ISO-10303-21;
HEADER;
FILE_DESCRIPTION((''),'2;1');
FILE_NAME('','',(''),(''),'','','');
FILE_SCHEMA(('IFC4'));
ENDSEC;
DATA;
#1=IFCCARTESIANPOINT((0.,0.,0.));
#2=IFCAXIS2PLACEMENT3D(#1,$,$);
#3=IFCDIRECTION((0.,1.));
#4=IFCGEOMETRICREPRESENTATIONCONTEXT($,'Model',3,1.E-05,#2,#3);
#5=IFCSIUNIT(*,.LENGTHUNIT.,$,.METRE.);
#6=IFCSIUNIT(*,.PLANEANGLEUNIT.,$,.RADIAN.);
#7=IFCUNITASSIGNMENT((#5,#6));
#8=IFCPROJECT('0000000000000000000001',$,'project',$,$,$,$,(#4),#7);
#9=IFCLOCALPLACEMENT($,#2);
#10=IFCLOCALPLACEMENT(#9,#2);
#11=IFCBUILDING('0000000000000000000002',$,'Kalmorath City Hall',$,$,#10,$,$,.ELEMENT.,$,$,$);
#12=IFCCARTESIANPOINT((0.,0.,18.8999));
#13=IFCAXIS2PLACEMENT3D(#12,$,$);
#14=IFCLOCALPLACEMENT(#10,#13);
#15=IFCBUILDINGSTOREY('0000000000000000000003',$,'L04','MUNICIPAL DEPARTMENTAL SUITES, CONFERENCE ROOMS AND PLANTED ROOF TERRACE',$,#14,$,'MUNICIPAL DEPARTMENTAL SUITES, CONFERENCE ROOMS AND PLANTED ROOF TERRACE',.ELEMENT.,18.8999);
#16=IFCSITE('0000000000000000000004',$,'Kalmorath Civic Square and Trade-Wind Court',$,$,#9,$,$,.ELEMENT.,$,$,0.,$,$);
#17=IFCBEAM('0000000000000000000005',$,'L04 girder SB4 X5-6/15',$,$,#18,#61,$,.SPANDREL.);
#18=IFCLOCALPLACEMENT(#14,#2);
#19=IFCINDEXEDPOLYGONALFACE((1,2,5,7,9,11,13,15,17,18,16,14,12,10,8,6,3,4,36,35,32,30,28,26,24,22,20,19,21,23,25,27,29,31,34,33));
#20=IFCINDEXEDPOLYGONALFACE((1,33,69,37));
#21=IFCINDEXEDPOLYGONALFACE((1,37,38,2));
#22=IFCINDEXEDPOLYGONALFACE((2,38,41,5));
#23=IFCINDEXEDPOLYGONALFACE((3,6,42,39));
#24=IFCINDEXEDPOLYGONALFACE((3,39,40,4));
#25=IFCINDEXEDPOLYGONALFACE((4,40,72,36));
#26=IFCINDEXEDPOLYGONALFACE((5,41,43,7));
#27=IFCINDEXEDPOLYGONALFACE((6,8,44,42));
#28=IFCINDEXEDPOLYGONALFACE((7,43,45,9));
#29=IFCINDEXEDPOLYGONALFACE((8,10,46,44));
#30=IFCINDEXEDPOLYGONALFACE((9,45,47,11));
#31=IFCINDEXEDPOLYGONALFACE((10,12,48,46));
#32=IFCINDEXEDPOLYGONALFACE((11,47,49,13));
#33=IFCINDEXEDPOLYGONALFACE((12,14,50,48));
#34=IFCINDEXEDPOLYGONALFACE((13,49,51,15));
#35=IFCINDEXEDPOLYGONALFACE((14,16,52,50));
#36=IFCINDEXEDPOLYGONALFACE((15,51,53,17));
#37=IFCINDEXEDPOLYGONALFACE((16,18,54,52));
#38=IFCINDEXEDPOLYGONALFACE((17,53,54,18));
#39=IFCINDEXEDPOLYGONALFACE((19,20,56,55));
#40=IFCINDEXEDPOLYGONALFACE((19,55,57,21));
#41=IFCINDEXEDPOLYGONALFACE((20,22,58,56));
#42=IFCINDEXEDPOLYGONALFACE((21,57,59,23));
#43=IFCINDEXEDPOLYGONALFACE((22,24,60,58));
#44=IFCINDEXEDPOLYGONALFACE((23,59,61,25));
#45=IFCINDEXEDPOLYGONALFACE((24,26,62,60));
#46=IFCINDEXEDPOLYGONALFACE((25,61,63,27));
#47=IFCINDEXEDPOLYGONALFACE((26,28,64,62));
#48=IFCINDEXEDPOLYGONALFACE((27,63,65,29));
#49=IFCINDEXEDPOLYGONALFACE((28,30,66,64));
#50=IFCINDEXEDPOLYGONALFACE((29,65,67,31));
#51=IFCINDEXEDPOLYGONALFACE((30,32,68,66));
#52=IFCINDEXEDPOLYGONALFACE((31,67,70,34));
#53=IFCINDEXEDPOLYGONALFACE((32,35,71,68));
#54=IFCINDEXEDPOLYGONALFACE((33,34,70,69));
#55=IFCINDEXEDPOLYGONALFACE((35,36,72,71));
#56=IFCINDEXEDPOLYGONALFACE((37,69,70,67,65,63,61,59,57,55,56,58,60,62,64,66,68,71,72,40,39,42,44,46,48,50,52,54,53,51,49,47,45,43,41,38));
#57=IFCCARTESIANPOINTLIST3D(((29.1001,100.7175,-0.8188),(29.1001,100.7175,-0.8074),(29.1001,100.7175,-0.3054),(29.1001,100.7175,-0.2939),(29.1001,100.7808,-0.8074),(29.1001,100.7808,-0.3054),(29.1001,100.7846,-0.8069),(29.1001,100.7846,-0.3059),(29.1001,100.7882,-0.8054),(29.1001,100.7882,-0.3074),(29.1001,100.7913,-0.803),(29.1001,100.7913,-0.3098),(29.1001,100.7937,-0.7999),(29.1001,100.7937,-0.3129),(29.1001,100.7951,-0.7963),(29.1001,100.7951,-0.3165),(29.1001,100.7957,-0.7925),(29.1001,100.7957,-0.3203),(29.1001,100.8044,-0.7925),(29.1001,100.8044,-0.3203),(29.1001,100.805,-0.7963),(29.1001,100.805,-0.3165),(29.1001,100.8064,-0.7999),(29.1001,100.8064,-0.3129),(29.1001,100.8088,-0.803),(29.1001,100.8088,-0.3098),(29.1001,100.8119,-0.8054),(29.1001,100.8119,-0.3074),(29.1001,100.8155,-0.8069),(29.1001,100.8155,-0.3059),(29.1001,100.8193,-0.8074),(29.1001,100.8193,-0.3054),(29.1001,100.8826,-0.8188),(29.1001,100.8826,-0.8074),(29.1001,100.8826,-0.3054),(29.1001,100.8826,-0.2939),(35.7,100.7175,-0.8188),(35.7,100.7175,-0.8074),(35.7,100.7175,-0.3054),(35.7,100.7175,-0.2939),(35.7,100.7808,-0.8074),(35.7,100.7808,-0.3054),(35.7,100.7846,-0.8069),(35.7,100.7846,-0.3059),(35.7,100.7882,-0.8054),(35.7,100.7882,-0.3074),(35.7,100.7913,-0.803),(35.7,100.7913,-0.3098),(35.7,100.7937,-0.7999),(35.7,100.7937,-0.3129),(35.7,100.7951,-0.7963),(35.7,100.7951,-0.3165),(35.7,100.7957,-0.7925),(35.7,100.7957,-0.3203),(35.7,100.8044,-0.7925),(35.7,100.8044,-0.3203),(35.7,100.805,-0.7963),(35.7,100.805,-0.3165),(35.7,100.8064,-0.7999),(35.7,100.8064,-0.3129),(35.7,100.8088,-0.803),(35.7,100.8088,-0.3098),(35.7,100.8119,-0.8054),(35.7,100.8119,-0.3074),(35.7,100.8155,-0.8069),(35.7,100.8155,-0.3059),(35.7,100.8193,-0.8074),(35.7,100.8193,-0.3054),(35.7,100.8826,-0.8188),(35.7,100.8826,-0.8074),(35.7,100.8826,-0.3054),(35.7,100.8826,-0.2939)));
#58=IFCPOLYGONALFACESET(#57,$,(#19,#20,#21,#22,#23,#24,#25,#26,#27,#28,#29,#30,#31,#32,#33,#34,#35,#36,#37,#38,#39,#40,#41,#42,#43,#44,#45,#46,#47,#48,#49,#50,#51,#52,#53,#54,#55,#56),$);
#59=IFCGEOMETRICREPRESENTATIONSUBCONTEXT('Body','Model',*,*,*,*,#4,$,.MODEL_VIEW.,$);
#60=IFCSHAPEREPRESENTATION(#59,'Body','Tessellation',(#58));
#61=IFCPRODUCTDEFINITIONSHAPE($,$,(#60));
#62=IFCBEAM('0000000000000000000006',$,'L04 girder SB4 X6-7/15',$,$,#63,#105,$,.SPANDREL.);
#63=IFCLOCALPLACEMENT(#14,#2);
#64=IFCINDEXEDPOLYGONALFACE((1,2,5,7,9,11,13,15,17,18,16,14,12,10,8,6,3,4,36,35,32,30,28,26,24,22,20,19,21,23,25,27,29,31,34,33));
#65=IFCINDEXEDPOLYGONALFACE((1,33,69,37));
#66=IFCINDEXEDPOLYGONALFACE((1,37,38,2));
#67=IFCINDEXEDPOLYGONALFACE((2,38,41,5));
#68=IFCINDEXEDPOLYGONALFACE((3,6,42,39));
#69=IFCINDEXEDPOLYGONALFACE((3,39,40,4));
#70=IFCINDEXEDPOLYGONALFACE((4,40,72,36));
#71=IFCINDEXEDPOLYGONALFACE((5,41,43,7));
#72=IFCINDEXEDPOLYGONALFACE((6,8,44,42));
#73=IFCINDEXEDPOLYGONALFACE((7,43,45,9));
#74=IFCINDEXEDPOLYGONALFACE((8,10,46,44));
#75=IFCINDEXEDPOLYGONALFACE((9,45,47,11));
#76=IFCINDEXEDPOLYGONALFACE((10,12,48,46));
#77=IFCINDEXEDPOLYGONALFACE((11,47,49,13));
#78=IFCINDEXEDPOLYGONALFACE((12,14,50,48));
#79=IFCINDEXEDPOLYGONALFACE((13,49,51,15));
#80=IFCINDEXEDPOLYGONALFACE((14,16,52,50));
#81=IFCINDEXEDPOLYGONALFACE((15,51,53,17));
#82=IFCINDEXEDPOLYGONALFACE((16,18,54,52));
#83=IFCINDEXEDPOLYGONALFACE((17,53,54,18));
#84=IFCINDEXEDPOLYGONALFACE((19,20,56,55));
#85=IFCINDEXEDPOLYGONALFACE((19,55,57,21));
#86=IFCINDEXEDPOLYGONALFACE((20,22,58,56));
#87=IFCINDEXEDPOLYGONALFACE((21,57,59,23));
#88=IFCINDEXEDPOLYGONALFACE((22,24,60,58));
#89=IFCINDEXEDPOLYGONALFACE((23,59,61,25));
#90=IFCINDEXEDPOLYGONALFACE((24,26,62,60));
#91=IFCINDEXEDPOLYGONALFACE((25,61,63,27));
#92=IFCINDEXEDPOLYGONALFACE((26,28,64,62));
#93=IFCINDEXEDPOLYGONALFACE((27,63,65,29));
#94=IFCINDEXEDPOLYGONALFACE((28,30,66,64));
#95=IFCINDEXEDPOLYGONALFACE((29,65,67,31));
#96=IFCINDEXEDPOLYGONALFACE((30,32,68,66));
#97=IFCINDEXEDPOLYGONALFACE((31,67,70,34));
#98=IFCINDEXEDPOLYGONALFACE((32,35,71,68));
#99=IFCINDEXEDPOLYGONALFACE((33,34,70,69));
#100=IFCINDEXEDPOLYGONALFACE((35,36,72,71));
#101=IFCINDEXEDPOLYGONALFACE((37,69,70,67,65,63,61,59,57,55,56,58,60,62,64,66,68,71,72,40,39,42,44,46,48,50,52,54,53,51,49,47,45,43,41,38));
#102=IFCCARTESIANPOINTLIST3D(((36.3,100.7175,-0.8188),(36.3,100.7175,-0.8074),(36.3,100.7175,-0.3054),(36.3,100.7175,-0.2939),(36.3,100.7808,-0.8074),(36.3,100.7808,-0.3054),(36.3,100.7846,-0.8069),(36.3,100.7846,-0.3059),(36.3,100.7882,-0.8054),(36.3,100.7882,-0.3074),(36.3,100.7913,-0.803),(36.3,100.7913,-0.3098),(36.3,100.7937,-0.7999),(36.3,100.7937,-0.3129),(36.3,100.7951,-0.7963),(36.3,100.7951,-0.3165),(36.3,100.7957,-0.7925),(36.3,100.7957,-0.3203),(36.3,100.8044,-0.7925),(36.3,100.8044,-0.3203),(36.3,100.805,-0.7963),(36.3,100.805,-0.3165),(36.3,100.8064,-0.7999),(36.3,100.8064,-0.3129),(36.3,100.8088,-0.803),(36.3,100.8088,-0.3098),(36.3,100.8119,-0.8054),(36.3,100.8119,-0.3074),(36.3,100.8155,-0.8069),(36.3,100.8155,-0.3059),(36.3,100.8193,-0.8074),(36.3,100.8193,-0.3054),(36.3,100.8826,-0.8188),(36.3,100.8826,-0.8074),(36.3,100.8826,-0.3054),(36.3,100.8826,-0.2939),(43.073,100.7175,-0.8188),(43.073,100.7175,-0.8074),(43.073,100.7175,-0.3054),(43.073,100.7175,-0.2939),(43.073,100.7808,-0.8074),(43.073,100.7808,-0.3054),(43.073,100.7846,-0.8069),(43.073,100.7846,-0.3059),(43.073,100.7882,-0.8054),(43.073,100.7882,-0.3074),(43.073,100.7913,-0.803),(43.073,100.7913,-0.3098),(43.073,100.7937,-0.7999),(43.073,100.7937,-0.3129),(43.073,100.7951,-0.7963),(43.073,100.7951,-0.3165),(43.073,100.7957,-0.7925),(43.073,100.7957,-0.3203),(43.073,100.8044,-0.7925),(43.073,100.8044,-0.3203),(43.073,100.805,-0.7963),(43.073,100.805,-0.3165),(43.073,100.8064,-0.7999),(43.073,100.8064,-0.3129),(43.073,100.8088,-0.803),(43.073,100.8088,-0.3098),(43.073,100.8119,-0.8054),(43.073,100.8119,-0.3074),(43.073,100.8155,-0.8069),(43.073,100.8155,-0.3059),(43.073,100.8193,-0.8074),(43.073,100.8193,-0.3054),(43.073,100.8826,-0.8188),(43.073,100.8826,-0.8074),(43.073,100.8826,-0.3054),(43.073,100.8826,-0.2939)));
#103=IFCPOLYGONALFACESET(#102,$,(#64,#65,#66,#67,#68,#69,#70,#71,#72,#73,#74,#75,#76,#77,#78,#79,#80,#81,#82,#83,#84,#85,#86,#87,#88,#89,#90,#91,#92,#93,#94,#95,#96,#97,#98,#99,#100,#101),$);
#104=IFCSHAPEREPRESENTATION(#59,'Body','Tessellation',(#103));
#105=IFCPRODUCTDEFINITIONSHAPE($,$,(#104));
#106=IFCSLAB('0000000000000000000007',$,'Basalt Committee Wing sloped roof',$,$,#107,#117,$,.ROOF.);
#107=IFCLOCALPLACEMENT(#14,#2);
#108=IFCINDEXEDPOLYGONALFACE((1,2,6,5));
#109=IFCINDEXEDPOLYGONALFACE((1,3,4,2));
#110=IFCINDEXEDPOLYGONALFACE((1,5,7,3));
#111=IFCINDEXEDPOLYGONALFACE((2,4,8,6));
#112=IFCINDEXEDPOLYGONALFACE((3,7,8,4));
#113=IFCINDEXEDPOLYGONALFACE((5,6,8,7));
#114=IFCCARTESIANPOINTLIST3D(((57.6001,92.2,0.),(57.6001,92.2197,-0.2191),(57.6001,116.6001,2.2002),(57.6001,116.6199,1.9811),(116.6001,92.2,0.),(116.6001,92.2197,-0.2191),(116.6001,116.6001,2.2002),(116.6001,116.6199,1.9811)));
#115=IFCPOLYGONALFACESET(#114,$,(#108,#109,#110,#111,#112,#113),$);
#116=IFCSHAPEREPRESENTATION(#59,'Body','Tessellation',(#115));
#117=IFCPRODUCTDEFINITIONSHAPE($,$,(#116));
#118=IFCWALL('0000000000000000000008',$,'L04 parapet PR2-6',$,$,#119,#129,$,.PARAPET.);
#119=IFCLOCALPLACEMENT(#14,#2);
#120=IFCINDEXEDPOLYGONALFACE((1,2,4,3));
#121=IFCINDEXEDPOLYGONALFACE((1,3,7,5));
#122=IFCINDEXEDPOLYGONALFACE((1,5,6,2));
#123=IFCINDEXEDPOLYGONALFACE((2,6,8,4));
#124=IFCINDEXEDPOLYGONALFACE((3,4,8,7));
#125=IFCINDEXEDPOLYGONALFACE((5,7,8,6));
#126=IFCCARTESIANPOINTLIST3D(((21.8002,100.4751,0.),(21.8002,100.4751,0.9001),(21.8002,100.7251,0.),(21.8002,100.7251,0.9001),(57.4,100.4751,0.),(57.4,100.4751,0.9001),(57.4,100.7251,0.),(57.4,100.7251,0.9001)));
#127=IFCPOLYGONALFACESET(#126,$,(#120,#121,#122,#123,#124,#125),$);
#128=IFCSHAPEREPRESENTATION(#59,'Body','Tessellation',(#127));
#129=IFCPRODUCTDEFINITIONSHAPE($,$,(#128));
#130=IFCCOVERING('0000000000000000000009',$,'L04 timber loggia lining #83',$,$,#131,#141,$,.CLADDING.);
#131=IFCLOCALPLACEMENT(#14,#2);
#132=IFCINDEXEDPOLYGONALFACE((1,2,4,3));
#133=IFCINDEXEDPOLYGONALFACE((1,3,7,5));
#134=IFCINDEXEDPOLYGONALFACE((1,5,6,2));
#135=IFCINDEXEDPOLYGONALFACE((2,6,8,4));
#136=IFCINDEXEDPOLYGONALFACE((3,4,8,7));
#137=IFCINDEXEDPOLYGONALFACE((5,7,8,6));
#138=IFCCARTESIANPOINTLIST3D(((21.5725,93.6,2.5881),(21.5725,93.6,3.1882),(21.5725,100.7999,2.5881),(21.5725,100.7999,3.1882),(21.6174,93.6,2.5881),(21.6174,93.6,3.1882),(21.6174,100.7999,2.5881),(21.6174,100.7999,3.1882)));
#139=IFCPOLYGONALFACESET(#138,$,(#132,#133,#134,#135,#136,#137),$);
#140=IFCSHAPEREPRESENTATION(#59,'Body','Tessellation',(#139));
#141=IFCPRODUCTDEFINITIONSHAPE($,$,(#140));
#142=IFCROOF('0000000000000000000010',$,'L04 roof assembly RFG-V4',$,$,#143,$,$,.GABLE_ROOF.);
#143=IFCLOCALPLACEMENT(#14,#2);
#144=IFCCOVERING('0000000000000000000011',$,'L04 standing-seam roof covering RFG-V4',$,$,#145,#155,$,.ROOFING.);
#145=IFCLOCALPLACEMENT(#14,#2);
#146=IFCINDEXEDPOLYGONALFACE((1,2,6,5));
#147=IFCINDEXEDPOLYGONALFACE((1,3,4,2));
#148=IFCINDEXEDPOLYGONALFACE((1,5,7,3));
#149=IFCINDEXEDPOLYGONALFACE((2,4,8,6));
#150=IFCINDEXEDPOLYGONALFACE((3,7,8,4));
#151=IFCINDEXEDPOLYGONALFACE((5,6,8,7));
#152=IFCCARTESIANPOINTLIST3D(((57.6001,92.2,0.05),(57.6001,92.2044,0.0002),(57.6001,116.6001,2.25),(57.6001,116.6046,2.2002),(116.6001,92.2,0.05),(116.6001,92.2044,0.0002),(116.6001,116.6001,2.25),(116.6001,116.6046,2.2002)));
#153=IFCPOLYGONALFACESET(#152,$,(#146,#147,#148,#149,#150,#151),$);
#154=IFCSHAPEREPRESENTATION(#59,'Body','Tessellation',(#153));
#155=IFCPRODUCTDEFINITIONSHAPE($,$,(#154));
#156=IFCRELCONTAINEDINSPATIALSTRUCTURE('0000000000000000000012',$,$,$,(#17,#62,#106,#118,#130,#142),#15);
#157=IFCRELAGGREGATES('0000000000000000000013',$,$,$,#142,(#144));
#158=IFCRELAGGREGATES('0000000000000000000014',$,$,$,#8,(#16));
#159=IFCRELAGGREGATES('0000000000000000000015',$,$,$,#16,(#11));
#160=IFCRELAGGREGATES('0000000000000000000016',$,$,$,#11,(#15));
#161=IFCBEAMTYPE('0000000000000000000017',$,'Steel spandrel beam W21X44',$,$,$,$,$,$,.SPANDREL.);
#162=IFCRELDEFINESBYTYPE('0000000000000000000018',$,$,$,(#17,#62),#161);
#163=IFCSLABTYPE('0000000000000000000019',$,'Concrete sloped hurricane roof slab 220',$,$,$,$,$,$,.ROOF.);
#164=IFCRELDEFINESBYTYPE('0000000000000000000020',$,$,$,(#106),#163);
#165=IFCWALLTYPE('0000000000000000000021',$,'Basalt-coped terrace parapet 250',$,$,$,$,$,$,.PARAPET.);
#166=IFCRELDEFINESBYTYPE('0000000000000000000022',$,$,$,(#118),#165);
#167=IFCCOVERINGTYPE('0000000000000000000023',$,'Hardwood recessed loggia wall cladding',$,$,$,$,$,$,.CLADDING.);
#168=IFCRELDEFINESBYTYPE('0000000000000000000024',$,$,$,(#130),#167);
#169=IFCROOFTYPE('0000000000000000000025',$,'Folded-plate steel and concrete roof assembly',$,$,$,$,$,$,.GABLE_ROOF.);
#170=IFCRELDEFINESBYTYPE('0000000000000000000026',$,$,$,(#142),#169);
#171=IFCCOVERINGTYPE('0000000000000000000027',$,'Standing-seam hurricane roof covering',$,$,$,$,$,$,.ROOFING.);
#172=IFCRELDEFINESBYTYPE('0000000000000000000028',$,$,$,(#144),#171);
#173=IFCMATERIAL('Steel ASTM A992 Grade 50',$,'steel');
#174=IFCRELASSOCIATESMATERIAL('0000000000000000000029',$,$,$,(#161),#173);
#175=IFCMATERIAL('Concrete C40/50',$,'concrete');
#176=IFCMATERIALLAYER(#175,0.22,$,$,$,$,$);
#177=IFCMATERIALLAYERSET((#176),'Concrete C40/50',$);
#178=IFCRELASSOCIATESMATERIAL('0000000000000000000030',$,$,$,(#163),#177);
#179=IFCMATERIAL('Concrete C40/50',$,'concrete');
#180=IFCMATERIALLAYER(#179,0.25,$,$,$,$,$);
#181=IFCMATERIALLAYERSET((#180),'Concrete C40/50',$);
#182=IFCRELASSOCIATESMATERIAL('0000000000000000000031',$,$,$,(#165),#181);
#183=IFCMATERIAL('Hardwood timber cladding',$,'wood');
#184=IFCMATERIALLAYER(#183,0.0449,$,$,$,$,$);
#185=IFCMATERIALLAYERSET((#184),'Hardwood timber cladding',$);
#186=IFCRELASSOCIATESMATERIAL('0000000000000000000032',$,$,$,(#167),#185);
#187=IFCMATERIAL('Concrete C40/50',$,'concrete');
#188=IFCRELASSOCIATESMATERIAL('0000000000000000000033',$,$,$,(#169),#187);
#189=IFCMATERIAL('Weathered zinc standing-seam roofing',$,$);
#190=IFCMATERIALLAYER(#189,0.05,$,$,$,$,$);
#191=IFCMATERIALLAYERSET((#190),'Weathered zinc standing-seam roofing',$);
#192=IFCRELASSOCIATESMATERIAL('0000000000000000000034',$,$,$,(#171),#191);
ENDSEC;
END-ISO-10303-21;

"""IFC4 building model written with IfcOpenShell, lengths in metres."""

from ifc_helpers import new_model, si_unit, direction, frame, frame_2d, origin, origin_2d, place, context, subcontext, project, spatial, polyline, rectangle, i_section, outline, extrude, material, layer, layer_set, material_profile, profile_set, type_object, element, aggregate, save


model = new_model("IFC4")

# Units and contexts
model_context = context("Model", 3, precision=1e-05, world=origin(), true_north=direction((0.0, 1.0)))
body_context = subcontext(model_context, "Body", "Model", "MODEL_VIEW")
ifc_project = project(units=[si_unit("LENGTHUNIT", "METRE"), si_unit("PLANEANGLEUNIT", "RADIAN")], contexts=[model_context])

# Site, building, storey
site_placement = place(None, origin())
site = spatial("IfcSite", under=ifc_project, at=site_placement, Name="Kalmorath Civic Square and Trade-Wind Court", CompositionType="ELEMENT", RefElevation=0.0)
building_placement = place(site_placement, origin())
building = spatial("IfcBuilding", under=site, at=building_placement, Name="Kalmorath City Hall", CompositionType="ELEMENT")
storey_placement = place(building_placement, frame((0.0, 0.0, 18.8999)))
storey = spatial("IfcBuildingStorey", under=building, at=storey_placement, Name="L04", Description="MUNICIPAL DEPARTMENTAL SUITES, CONFERENCE ROOMS AND PLANTED ROOF TERRACE", LongName="MUNICIPAL DEPARTMENTAL SUITES, CONFERENCE ROOMS AND PLANTED ROOF TERRACE", CompositionType="ELEMENT", Elevation=18.8999)

# Beams
ifc_material_1 = material(Name="Steel ASTM A992 Grade 50", Category="steel")
ifc_material_profile_1 = material_profile(ifc_material_1, i_section(OverallWidth=0.165, OverallDepth=0.5249, WebThickness=0.0088, FlangeThickness=0.0115, FilletRadius=0.0149, at=origin_2d()), Name="W21X44")
ifc_profile_set_1 = profile_set([ifc_material_profile_1], Name="Steel ASTM A992 Grade 50")
beam_type_1 = type_object("IfcBeamType", Name="Steel spandrel beam W21X44", PredefinedType="SPANDREL", material=ifc_profile_set_1)
beam_1_placement = place(storey_placement, frame((29.1001, 100.8, -0.5564), z_axis=(1.0, 0.0, 0.0), x_axis=(0.0, 1.0, 0.0)))
element("IfcBeam", 1, at=beam_1_placement, inside=storey, type_object=beam_type_1, Name="L04 girder SB4 X5-6/15", PredefinedType="SPANDREL", context=body_context, shape_type="SweptSolid", body=[
    extrude(i_section(OverallWidth=0.165, OverallDepth=0.5249, WebThickness=0.0088, FlangeThickness=0.0115, FilletRadius=0.0149, at=origin_2d()), origin(), (0.0, 0.0, 1.0), 6.5999),
])
beam_2_placement = place(storey_placement, frame((36.3, 100.8, -0.5564), z_axis=(1.0, 0.0, 0.0), x_axis=(0.0, 1.0, 0.0)))
element("IfcBeam", 2, at=beam_2_placement, inside=storey, type_object=beam_type_1, Name="L04 girder SB4 X6-7/15", PredefinedType="SPANDREL", context=body_context, shape_type="SweptSolid", body=[
    extrude(i_section(OverallWidth=0.165, OverallDepth=0.5249, WebThickness=0.0088, FlangeThickness=0.0115, FilletRadius=0.0149, at=origin_2d()), origin(), (0.0, 0.0, 1.0), 6.7729),
])

# Slab
ifc_material_2 = material(Name="Concrete C40/50", Category="concrete")
ifc_layer_1 = layer(ifc_material_2, 0.22)
ifc_layer_set_1 = layer_set([ifc_layer_1], Name="Concrete C40/50")
slab_type = type_object("IfcSlabType", Name="Concrete sloped hurricane roof slab 220", PredefinedType="ROOF", material=ifc_layer_set_1)
slab_placement = place(storey_placement, frame((57.6001, 92.2, 0.0), z_axis=(0.0, -0.089807, 0.995959), x_axis=(1.0, 0.0, 0.0)))
element("IfcSlab", 3, at=slab_placement, inside=storey, type_object=slab_type, Name="Basalt Committee Wing sloped roof", PredefinedType="ROOF", context=body_context, shape_type="SweptSolid", body=[
    extrude(outline(polyline([(0.0, 0.0), (59.0, 0.0), (59.0, 24.4991), (0.0, 24.4991), (0.0, 0.0)])), origin(), (0.0, 0.0, -1.0), 0.22),
])

# Wall
ifc_material_3 = material(Name="Concrete C40/50", Category="concrete")
ifc_layer_2 = layer(ifc_material_3, 0.25)
ifc_layer_set_2 = layer_set([ifc_layer_2], Name="Concrete C40/50")
wall_type_1 = type_object("IfcWallType", Name="Basalt-coped terrace parapet 250", PredefinedType="PARAPET", material=ifc_layer_set_2)
wall_1_placement = place(storey_placement, frame((57.3999, 100.6001, 0.0), z_axis=(0.0, 0.0, 1.0), x_axis=(-1.0, 0.0, 0.0)))
element("IfcWall", 4, at=wall_1_placement, inside=storey, type_object=wall_type_1, Name="L04 parapet PR2-6", PredefinedType="PARAPET", context=body_context, shape_type="SweptSolid", body=[
    extrude(rectangle(XDim=35.5999, YDim=0.25, at=frame_2d((17.7998, 0.0))), origin(), (0.0, 0.0, 1.0), 0.9001),
])

# Covering
ifc_material_4 = material(Name="Hardwood timber cladding", Category="wood")
ifc_layer_3 = layer(ifc_material_4, 0.0449)
ifc_layer_set_3 = layer_set([ifc_layer_3], Name="Hardwood timber cladding")
covering_type_1 = type_object("IfcCoveringType", Name="Hardwood recessed loggia wall cladding", PredefinedType="CLADDING", material=ifc_layer_set_3)
covering_1_placement = place(storey_placement, frame((21.595, 97.2, 2.5881), z_axis=(0.0, 0.0, 1.0), x_axis=(0.0, -1.0, 0.0)))
element("IfcCovering", 5, at=covering_1_placement, inside=storey, type_object=covering_type_1, Name="L04 timber loggia lining #83", PredefinedType="CLADDING", context=body_context, shape_type="SweptSolid", body=[
    extrude(rectangle(XDim=7.2, YDim=0.0449, at=origin_2d()), origin(), (0.0, 0.0, 1.0), 0.6001),
])

# Roof, covering
ifc_material_5 = material(Name="Concrete C40/50", Category="concrete")
roof_type = type_object("IfcRoofType", Name="Folded-plate steel and concrete roof assembly", PredefinedType="GABLE_ROOF", material=ifc_material_5)
roof_placement = place(storey_placement, origin())
roof = element("IfcRoof", 6, at=roof_placement, inside=storey, type_object=roof_type, Name="L04 roof assembly RFG-V4", PredefinedType="GABLE_ROOF")
ifc_material_6 = material(Name="Weathered zinc standing-seam roofing")
ifc_layer_4 = layer(ifc_material_6, 0.05)
ifc_layer_set_4 = layer_set([ifc_layer_4], Name="Weathered zinc standing-seam roofing")
covering_type_2 = type_object("IfcCoveringType", Name="Standing-seam hurricane roof covering", PredefinedType="ROOFING", material=ifc_layer_set_4)
covering_2_placement = place(storey_placement, frame((57.6001, 92.2, 0.05), z_axis=(0.0, -0.089797, 0.99596), x_axis=(1.0, 0.0, 0.0)))
covering_2 = element("IfcCovering", 7, at=covering_2_placement, type_object=covering_type_2, Name="L04 standing-seam roof covering RFG-V4", PredefinedType="ROOFING", context=body_context, shape_type="SweptSolid", body=[
    extrude(outline(polyline([(0.0, 0.0), (59.0, 0.0), (59.0, 24.4991), (0.0, 24.4991), (0.0, 0.0)])), origin(), (0.0, 0.0, -1.0), 0.05),
])
aggregate(roof, [covering_2])

save(model, "model.ifc")
